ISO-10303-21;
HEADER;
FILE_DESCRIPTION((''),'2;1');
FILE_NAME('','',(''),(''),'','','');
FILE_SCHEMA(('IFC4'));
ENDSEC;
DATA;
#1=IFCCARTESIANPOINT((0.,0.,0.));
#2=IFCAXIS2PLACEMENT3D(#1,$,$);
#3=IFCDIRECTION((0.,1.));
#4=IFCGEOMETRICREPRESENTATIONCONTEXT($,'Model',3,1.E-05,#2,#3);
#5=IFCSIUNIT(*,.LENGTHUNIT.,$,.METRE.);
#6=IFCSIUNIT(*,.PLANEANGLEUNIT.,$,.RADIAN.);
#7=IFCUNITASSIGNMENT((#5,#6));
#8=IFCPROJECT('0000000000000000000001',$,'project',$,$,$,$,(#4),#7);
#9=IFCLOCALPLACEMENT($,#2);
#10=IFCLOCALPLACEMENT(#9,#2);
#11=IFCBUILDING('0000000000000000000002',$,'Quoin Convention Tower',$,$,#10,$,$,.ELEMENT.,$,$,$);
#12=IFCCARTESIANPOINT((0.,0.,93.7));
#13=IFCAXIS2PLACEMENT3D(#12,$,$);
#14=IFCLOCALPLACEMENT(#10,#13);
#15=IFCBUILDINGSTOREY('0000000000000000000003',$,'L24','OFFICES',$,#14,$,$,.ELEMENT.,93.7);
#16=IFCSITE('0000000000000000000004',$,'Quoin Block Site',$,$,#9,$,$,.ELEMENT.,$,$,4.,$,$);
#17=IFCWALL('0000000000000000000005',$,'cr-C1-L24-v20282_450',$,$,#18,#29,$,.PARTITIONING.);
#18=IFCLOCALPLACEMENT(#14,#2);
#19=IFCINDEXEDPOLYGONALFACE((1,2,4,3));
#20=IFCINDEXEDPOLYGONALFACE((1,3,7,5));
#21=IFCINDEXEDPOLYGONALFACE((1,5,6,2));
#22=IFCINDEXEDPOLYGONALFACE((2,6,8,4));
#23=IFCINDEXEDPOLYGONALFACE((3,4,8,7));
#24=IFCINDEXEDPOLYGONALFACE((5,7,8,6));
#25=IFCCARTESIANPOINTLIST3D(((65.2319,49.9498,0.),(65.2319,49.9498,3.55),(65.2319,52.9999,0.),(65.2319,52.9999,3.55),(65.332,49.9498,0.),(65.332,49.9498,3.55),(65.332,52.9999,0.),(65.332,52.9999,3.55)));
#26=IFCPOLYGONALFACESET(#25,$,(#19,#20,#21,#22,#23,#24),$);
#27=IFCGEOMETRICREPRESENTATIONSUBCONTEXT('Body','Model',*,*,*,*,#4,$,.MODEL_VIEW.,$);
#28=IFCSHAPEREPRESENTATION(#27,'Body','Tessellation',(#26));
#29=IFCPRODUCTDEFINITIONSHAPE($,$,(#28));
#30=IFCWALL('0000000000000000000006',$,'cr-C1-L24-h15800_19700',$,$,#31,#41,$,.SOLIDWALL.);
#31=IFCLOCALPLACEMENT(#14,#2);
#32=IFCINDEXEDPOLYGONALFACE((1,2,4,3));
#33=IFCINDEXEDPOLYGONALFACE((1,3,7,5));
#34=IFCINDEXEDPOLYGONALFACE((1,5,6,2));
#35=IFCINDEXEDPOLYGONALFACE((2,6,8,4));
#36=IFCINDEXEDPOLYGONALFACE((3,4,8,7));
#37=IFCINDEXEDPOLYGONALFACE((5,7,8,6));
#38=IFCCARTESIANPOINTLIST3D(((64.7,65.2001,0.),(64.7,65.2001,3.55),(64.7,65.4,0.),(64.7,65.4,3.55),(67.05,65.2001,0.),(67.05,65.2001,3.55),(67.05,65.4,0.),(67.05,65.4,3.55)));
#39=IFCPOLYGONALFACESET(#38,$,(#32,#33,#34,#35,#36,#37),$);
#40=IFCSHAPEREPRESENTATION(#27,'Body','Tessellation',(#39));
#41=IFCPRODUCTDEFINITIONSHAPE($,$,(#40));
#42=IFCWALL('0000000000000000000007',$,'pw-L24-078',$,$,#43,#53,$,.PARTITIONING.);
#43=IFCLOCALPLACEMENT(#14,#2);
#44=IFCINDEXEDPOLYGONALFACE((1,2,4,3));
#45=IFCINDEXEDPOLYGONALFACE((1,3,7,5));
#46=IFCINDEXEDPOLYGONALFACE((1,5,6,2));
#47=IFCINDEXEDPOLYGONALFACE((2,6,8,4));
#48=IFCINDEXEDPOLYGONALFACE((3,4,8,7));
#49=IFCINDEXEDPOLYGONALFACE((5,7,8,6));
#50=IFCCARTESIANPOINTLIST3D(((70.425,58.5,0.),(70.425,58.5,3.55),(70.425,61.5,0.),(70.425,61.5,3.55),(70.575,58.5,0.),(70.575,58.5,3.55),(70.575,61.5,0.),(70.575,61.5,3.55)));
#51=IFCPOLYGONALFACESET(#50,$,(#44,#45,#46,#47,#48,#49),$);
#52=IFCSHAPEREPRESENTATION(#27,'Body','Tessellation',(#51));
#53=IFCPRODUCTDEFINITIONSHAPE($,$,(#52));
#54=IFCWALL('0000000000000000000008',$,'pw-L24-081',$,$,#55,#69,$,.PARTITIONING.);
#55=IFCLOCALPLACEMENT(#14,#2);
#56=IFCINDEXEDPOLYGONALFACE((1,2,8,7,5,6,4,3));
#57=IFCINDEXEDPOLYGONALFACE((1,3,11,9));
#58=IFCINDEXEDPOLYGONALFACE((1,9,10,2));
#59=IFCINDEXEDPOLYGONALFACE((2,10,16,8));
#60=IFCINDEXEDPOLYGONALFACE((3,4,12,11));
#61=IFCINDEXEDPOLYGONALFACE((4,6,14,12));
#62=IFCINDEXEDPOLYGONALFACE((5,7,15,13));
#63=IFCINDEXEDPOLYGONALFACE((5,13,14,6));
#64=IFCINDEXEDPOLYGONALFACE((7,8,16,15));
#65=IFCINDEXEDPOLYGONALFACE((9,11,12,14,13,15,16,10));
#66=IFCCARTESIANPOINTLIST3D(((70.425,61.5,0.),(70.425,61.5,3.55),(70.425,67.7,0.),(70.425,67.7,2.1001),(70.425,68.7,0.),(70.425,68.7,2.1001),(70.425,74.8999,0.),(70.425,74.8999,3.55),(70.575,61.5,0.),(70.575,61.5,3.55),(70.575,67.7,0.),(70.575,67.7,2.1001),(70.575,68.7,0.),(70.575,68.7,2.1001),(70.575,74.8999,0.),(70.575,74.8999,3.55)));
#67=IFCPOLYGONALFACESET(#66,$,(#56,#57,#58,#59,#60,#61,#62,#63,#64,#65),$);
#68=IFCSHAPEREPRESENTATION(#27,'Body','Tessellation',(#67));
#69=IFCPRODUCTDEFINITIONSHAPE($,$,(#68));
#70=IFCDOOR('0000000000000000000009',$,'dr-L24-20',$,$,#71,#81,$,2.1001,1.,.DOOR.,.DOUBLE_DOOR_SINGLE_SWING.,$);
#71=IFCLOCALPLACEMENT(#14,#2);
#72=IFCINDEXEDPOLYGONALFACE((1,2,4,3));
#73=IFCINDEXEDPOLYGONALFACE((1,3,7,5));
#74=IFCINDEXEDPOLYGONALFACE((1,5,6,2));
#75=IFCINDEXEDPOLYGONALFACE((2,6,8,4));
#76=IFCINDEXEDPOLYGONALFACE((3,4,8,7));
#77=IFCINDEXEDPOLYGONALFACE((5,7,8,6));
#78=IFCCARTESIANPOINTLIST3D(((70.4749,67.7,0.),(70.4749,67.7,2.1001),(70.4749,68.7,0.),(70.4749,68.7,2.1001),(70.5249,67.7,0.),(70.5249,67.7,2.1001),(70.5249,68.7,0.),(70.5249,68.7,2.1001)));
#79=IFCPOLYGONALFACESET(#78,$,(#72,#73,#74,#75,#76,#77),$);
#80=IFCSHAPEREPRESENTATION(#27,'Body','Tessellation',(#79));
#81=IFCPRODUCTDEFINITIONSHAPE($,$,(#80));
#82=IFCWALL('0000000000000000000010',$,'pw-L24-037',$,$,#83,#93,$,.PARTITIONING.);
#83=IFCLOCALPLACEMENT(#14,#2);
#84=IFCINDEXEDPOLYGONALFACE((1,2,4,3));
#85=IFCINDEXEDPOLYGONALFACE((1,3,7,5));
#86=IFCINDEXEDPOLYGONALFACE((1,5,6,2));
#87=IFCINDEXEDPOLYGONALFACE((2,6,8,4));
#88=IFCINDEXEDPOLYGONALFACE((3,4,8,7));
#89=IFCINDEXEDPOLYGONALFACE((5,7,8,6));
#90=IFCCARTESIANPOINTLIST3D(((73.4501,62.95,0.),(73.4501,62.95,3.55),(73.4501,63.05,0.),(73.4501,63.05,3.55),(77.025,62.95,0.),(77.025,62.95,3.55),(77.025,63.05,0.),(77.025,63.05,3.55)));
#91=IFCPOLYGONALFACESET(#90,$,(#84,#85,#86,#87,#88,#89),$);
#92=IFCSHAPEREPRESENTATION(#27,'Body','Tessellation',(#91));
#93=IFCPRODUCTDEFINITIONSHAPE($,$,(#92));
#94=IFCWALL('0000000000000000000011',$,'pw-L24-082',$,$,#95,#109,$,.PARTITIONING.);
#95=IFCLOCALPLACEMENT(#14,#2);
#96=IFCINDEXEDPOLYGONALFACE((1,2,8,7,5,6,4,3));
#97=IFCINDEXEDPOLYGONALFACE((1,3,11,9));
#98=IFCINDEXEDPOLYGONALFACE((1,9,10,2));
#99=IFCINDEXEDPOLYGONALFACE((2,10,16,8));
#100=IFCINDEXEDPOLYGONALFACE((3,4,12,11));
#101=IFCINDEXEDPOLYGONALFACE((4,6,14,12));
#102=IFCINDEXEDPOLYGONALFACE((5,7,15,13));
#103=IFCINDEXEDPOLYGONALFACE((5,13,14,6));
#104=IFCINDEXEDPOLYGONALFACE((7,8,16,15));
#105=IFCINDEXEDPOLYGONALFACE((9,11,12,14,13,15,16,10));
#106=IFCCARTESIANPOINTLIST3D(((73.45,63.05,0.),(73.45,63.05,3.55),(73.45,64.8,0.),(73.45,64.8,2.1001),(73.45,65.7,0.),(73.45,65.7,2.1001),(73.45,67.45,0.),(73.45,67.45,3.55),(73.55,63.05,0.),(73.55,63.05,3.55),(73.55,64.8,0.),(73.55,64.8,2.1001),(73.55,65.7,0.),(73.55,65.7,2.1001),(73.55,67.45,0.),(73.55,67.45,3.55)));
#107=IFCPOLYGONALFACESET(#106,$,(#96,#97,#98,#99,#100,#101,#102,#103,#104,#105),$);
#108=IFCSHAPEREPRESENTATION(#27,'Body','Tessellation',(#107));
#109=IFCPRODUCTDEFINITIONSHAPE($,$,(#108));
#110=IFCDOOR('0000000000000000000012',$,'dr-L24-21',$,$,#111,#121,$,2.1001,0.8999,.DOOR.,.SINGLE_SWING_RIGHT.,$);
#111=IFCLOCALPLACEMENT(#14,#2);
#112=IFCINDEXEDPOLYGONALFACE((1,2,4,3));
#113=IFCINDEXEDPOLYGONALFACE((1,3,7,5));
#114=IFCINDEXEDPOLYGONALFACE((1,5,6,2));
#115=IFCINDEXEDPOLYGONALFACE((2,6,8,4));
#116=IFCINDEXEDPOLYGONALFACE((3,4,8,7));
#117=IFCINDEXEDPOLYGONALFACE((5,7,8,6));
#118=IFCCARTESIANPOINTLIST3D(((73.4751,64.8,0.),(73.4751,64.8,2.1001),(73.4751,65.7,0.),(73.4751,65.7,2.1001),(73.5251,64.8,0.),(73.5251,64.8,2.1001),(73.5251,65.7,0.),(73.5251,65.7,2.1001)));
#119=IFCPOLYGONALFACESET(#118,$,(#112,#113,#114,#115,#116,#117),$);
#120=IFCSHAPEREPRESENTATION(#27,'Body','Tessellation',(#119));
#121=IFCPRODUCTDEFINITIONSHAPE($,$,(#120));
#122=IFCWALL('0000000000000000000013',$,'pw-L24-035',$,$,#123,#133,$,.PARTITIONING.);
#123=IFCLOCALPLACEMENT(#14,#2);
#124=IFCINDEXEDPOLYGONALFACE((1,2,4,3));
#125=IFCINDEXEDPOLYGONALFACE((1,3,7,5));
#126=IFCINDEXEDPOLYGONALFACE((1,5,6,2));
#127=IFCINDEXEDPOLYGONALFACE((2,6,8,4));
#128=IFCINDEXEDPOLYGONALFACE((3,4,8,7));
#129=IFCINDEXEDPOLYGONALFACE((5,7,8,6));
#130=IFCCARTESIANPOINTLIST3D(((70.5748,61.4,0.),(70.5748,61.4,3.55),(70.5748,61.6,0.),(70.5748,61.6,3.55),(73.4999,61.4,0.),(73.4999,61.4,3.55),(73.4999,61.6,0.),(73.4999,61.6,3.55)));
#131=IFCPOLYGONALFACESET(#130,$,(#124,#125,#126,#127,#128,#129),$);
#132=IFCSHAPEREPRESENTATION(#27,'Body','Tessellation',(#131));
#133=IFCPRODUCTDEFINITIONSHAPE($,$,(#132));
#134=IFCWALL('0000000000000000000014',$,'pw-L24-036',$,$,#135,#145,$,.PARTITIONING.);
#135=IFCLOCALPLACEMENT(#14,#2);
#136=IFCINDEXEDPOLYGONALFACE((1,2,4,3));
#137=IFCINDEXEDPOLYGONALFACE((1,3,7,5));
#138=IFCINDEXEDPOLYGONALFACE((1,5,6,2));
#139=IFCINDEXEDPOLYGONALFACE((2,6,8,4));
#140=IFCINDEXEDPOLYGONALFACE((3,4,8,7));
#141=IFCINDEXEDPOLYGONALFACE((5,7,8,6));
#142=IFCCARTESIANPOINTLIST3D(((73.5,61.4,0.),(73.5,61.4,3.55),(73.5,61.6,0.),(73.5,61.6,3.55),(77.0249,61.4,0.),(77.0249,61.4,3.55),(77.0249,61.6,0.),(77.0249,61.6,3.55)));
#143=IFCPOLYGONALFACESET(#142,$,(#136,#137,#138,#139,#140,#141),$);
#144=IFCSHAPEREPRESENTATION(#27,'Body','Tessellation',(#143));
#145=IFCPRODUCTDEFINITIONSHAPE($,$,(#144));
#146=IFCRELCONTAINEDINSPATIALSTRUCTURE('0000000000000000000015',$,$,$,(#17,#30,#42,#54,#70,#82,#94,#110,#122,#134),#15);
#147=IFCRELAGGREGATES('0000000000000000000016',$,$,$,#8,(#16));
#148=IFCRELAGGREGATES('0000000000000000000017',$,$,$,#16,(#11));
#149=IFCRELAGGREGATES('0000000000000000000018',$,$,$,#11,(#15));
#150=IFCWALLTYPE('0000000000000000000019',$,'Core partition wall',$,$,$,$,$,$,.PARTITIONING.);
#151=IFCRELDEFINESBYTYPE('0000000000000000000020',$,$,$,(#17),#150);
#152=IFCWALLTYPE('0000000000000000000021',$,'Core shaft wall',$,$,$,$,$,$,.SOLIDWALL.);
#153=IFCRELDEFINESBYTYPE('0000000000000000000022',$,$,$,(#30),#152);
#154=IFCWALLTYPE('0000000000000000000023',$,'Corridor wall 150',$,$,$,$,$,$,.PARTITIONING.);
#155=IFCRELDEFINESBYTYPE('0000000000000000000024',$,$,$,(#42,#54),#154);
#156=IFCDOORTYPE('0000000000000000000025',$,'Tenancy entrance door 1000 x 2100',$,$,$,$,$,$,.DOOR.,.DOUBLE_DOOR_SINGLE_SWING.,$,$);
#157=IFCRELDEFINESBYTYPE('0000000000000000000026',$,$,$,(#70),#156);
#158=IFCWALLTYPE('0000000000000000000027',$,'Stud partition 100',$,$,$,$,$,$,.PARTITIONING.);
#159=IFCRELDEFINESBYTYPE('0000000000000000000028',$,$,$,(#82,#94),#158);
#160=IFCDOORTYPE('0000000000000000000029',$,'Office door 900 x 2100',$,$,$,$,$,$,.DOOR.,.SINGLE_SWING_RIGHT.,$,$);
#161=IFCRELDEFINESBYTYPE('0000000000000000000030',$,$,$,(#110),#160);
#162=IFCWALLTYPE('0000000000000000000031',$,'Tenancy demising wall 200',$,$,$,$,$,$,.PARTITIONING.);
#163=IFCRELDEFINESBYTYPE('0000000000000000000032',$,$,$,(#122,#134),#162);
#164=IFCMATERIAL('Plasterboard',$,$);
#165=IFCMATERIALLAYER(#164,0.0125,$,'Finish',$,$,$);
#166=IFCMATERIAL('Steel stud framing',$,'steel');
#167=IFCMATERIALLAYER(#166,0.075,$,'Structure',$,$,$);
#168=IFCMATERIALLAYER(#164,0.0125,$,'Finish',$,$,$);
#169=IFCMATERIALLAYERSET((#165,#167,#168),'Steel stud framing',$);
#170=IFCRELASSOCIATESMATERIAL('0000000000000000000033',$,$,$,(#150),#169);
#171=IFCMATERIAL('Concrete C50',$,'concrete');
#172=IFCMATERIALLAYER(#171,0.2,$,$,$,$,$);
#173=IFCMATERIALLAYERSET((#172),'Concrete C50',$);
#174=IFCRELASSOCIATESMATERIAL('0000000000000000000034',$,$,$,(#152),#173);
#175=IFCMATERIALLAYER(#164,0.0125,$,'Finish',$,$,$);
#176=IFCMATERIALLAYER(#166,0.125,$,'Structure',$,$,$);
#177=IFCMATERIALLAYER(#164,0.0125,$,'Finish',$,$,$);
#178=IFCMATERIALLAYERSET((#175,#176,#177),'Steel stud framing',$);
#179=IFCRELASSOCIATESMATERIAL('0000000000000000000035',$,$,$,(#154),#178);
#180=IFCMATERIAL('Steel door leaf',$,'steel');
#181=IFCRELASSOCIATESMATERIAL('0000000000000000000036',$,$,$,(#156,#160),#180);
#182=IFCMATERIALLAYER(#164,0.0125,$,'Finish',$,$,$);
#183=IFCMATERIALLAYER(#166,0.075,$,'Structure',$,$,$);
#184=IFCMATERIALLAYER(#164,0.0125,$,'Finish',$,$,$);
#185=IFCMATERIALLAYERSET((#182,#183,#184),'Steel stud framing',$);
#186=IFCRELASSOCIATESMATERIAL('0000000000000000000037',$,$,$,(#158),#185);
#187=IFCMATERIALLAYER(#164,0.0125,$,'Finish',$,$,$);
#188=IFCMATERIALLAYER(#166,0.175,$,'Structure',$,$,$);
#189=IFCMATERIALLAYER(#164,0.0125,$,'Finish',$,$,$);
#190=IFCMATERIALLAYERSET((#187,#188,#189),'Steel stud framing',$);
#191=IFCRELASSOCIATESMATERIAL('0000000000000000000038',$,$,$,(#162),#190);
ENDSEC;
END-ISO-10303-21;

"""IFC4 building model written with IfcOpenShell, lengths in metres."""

from ifc_helpers import new_model, si_unit, direction, frame, frame_2d, origin, place, context, subcontext, project, spatial, rectangle, extrude, material, layer, layer_set, type_object, element, fill, save


model = new_model("IFC4")

# Units and contexts
model_context = context("Model", 3, precision=1e-05, world=origin(), true_north=direction((0.0, 1.0)))
body_context = subcontext(model_context, "Body", "Model", "MODEL_VIEW")
ifc_project = project(units=[si_unit("LENGTHUNIT", "METRE"), si_unit("PLANEANGLEUNIT", "RADIAN")], contexts=[model_context])

# Site, building, storey
site_placement = place(None, origin())
site = spatial("IfcSite", under=ifc_project, at=site_placement, Name="Quoin Block Site", CompositionType="ELEMENT", RefElevation=4.0)
building_placement = place(site_placement, origin())
building = spatial("IfcBuilding", under=site, at=building_placement, Name="Quoin Convention Tower", CompositionType="ELEMENT")
storey_placement = place(building_placement, frame((0.0, 0.0, 93.7)))
storey = spatial("IfcBuildingStorey", under=building, at=storey_placement, Name="L24", Description="OFFICES", CompositionType="ELEMENT", Elevation=93.7)

# Walls
ifc_material_1 = material(Name="Plasterboard")
ifc_layer_1 = layer(ifc_material_1, 0.0125, Name="Finish")
ifc_material_2 = material(Name="Steel stud framing", Category="steel")
ifc_layer_2 = layer(ifc_material_2, 0.075, Name="Structure")
ifc_layer_3 = layer(ifc_material_1, 0.0125, Name="Finish")
ifc_layer_set_1 = layer_set([ifc_layer_1, ifc_layer_2, ifc_layer_3], Name="Steel stud framing")
wall_type_1 = type_object("IfcWallType", Name="Core partition wall", PredefinedType="PARTITIONING", material=ifc_layer_set_1)
wall_1_placement = place(storey_placement, frame((65.282, 49.95, 0.0), z_axis=(0.0, 0.0, 1.0), x_axis=(0.0, 1.0, 0.0)))
element("IfcWall", 1, at=wall_1_placement, inside=storey, type_object=wall_type_1, Name="cr-C1-L24-v20282_450", PredefinedType="PARTITIONING", context=body_context, shape_type="SweptSolid", body=[
    extrude(rectangle(XDim=3.05, YDim=0.1001, at=frame_2d((1.5249, 0.0))), origin(), (0.0, 0.0, 1.0), 3.55),
])
ifc_material_3 = material(Name="Concrete C50", Category="concrete")
ifc_layer_4 = layer(ifc_material_3, 0.2)
ifc_layer_set_2 = layer_set([ifc_layer_4], Name="Concrete C50")
wall_type_2 = type_object("IfcWallType", Name="Core shaft wall", PredefinedType="SOLIDWALL", material=ifc_layer_set_2)
wall_2_placement = place(storey_placement, frame((64.7, 65.3, 0.0), z_axis=(0.0, 0.0, 1.0), x_axis=(1.0, 0.0, 0.0)))
element("IfcWall", 2, at=wall_2_placement, inside=storey, type_object=wall_type_2, Name="cr-C1-L24-h15800_19700", PredefinedType="SOLIDWALL", context=body_context, shape_type="SweptSolid", body=[
    extrude(rectangle(XDim=2.3501, YDim=0.2, at=frame_2d((1.175, 0.0))), origin(), (0.0, 0.0, 1.0), 3.55),
])
ifc_layer_5 = layer(ifc_material_1, 0.0125, Name="Finish")
ifc_layer_6 = layer(ifc_material_2, 0.125, Name="Structure")
ifc_layer_7 = layer(ifc_material_1, 0.0125, Name="Finish")
ifc_layer_set_3 = layer_set([ifc_layer_5, ifc_layer_6, ifc_layer_7], Name="Steel stud framing")
wall_type_3 = type_object("IfcWallType", Name="Corridor wall 150", PredefinedType="PARTITIONING", material=ifc_layer_set_3)
wall_3_placement = place(storey_placement, frame((70.5, 58.5, 0.0), z_axis=(0.0, 0.0, 1.0), x_axis=(0.0, 1.0, 0.0)))
element("IfcWall", 3, at=wall_3_placement, inside=storey, type_object=wall_type_3, Name="pw-L24-078", PredefinedType="PARTITIONING", context=body_context, shape_type="SweptSolid", body=[
    extrude(rectangle(XDim=3.0, YDim=0.1499, at=frame_2d((1.5, 0.0))), origin(), (0.0, 0.0, 1.0), 3.55),
])

# Wall, opening, door
wall_4_placement = place(storey_placement, frame((70.5, 61.5, 0.0), z_axis=(0.0, 0.0, 1.0), x_axis=(0.0, 1.0, 0.0)))
wall_4 = element("IfcWall", 4, at=wall_4_placement, inside=storey, type_object=wall_type_3, Name="pw-L24-081", PredefinedType="PARTITIONING", context=body_context, shape_type="SweptSolid", body=[
    extrude(rectangle(XDim=13.3999, YDim=0.1499, at=frame_2d((6.7, 0.0))), origin(), (0.0, 0.0, 1.0), 3.55),
])
opening_1_placement = place(wall_4_placement, frame((6.2, 0.0, 0.0)))
opening_1 = element("IfcOpeningElement", 5, at=opening_1_placement, cuts=wall_4, PredefinedType="OPENING", context=body_context, shape_type="SweptSolid", body=[
    extrude(rectangle(XDim=1.0, YDim=2.1001, at=frame_2d((0.5, 1.05))), frame((0.0, 0.085, 0.0), z_axis=(0.0, -1.0, 0.0), x_axis=(1.0, 0.0, 0.0)), (0.0, 0.0, 1.0), 0.1699),
])
ifc_material_4 = material(Name="Steel door leaf", Category="steel")
door_type_1 = type_object("IfcDoorType", Name="Tenancy entrance door 1000 x 2100", OperationType="DOUBLE_DOOR_SINGLE_SWING", PredefinedType="DOOR", material=ifc_material_4)
door_1_placement = place(opening_1_placement, frame((1.0, 0.0, 0.0), z_axis=(0.0, 0.0, 1.0), x_axis=(-1.0, 0.0, 0.0)))
door_1 = element("IfcDoor", 6, at=door_1_placement, inside=storey, type_object=door_type_1, Name="dr-L24-20", OperationType="DOUBLE_DOOR_SINGLE_SWING", OverallHeight=2.1001, OverallWidth=1.0, PredefinedType="DOOR", context=body_context, shape_type="SweptSolid", body=[
    extrude(rectangle(XDim=1.0, YDim=2.1001, at=frame_2d((0.5, 1.05))), frame((0.0, 0.0249, 0.0), z_axis=(0.0, -1.0, 0.0), x_axis=(1.0, 0.0, 0.0)), (0.0, 0.0, 1.0), 0.05),
])
fill(opening_1, door_1)

# Wall
ifc_layer_8 = layer(ifc_material_1, 0.0125, Name="Finish")
ifc_layer_9 = layer(ifc_material_2, 0.075, Name="Structure")
ifc_layer_10 = layer(ifc_material_1, 0.0125, Name="Finish")
ifc_layer_set_4 = layer_set([ifc_layer_8, ifc_layer_9, ifc_layer_10], Name="Steel stud framing")
wall_type_4 = type_object("IfcWallType", Name="Stud partition 100", PredefinedType="PARTITIONING", material=ifc_layer_set_4)
wall_5_placement = place(storey_placement, frame((73.45, 63.0, 0.0), z_axis=(0.0, 0.0, 1.0), x_axis=(1.0, 0.0, 0.0)))
element("IfcWall", 7, at=wall_5_placement, inside=storey, type_object=wall_type_4, Name="pw-L24-037", PredefinedType="PARTITIONING", context=body_context, shape_type="SweptSolid", body=[
    extrude(rectangle(XDim=3.575, YDim=0.1001, at=frame_2d((1.7876, 0.0))), origin(), (0.0, 0.0, 1.0), 3.55),
])

# Wall, opening, door
wall_6_placement = place(storey_placement, frame((73.5, 63.05, 0.0), z_axis=(0.0, 0.0, 1.0), x_axis=(0.0, 1.0, 0.0)))
wall_6 = element("IfcWall", 8, at=wall_6_placement, inside=storey, type_object=wall_type_4, Name="pw-L24-082", PredefinedType="PARTITIONING", context=body_context, shape_type="SweptSolid", body=[
    extrude(rectangle(XDim=4.3999, YDim=0.1001, at=frame_2d((2.2, 0.0))), origin(), (0.0, 0.0, 1.0), 3.55),
])
opening_2_placement = place(wall_6_placement, frame((1.75, 0.0, 0.0)))
opening_2 = element("IfcOpeningElement", 9, at=opening_2_placement, cuts=wall_6, PredefinedType="OPENING", context=body_context, shape_type="SweptSolid", body=[
    extrude(rectangle(XDim=0.8999, YDim=2.1001, at=frame_2d((0.45, 1.05))), frame((0.0, 0.0601, 0.0), z_axis=(0.0, -1.0, 0.0), x_axis=(1.0, 0.0, 0.0)), (0.0, 0.0, 1.0), 0.1201),
])
door_type_2 = type_object("IfcDoorType", Name="Office door 900 x 2100", OperationType="SINGLE_SWING_RIGHT", PredefinedType="DOOR", material=ifc_material_4)
door_2_placement = place(opening_2_placement, origin())
door_2 = element("IfcDoor", 10, at=door_2_placement, inside=storey, type_object=door_type_2, Name="dr-L24-21", OperationType="SINGLE_SWING_RIGHT", OverallHeight=2.1001, OverallWidth=0.8999, PredefinedType="DOOR", context=body_context, shape_type="SweptSolid", body=[
    extrude(rectangle(XDim=0.8999, YDim=2.1001, at=frame_2d((0.45, 1.05))), frame((0.0, 0.0249, 0.0), z_axis=(0.0, -1.0, 0.0), x_axis=(1.0, 0.0, 0.0)), (0.0, 0.0, 1.0), 0.05),
])
fill(opening_2, door_2)

# Walls
ifc_layer_11 = layer(ifc_material_1, 0.0125, Name="Finish")
ifc_layer_12 = layer(ifc_material_2, 0.175, Name="Structure")
ifc_layer_13 = layer(ifc_material_1, 0.0125, Name="Finish")
ifc_layer_set_5 = layer_set([ifc_layer_11, ifc_layer_12, ifc_layer_13], Name="Steel stud framing")
wall_type_5 = type_object("IfcWallType", Name="Tenancy demising wall 200", PredefinedType="PARTITIONING", material=ifc_layer_set_5)
wall_7_placement = place(storey_placement, frame((70.575, 61.5, 0.0), z_axis=(0.0, 0.0, 1.0), x_axis=(1.0, 0.0, 0.0)))
element("IfcWall", 11, at=wall_7_placement, inside=storey, type_object=wall_type_5, Name="pw-L24-035", PredefinedType="PARTITIONING", context=body_context, shape_type="SweptSolid", body=[
    extrude(rectangle(XDim=2.925, YDim=0.2, at=frame_2d((1.4624, 0.0))), origin(), (0.0, 0.0, 1.0), 3.55),
])
wall_8_placement = place(storey_placement, frame((73.5, 61.5, 0.0), z_axis=(0.0, 0.0, 1.0), x_axis=(1.0, 0.0, 0.0)))
element("IfcWall", 12, at=wall_8_placement, inside=storey, type_object=wall_type_5, Name="pw-L24-036", PredefinedType="PARTITIONING", context=body_context, shape_type="SweptSolid", body=[
    extrude(rectangle(XDim=3.5249, YDim=0.2, at=frame_2d((1.7625, 0.0))), origin(), (0.0, 0.0, 1.0), 3.55),
])

save(model, "model.ifc")
